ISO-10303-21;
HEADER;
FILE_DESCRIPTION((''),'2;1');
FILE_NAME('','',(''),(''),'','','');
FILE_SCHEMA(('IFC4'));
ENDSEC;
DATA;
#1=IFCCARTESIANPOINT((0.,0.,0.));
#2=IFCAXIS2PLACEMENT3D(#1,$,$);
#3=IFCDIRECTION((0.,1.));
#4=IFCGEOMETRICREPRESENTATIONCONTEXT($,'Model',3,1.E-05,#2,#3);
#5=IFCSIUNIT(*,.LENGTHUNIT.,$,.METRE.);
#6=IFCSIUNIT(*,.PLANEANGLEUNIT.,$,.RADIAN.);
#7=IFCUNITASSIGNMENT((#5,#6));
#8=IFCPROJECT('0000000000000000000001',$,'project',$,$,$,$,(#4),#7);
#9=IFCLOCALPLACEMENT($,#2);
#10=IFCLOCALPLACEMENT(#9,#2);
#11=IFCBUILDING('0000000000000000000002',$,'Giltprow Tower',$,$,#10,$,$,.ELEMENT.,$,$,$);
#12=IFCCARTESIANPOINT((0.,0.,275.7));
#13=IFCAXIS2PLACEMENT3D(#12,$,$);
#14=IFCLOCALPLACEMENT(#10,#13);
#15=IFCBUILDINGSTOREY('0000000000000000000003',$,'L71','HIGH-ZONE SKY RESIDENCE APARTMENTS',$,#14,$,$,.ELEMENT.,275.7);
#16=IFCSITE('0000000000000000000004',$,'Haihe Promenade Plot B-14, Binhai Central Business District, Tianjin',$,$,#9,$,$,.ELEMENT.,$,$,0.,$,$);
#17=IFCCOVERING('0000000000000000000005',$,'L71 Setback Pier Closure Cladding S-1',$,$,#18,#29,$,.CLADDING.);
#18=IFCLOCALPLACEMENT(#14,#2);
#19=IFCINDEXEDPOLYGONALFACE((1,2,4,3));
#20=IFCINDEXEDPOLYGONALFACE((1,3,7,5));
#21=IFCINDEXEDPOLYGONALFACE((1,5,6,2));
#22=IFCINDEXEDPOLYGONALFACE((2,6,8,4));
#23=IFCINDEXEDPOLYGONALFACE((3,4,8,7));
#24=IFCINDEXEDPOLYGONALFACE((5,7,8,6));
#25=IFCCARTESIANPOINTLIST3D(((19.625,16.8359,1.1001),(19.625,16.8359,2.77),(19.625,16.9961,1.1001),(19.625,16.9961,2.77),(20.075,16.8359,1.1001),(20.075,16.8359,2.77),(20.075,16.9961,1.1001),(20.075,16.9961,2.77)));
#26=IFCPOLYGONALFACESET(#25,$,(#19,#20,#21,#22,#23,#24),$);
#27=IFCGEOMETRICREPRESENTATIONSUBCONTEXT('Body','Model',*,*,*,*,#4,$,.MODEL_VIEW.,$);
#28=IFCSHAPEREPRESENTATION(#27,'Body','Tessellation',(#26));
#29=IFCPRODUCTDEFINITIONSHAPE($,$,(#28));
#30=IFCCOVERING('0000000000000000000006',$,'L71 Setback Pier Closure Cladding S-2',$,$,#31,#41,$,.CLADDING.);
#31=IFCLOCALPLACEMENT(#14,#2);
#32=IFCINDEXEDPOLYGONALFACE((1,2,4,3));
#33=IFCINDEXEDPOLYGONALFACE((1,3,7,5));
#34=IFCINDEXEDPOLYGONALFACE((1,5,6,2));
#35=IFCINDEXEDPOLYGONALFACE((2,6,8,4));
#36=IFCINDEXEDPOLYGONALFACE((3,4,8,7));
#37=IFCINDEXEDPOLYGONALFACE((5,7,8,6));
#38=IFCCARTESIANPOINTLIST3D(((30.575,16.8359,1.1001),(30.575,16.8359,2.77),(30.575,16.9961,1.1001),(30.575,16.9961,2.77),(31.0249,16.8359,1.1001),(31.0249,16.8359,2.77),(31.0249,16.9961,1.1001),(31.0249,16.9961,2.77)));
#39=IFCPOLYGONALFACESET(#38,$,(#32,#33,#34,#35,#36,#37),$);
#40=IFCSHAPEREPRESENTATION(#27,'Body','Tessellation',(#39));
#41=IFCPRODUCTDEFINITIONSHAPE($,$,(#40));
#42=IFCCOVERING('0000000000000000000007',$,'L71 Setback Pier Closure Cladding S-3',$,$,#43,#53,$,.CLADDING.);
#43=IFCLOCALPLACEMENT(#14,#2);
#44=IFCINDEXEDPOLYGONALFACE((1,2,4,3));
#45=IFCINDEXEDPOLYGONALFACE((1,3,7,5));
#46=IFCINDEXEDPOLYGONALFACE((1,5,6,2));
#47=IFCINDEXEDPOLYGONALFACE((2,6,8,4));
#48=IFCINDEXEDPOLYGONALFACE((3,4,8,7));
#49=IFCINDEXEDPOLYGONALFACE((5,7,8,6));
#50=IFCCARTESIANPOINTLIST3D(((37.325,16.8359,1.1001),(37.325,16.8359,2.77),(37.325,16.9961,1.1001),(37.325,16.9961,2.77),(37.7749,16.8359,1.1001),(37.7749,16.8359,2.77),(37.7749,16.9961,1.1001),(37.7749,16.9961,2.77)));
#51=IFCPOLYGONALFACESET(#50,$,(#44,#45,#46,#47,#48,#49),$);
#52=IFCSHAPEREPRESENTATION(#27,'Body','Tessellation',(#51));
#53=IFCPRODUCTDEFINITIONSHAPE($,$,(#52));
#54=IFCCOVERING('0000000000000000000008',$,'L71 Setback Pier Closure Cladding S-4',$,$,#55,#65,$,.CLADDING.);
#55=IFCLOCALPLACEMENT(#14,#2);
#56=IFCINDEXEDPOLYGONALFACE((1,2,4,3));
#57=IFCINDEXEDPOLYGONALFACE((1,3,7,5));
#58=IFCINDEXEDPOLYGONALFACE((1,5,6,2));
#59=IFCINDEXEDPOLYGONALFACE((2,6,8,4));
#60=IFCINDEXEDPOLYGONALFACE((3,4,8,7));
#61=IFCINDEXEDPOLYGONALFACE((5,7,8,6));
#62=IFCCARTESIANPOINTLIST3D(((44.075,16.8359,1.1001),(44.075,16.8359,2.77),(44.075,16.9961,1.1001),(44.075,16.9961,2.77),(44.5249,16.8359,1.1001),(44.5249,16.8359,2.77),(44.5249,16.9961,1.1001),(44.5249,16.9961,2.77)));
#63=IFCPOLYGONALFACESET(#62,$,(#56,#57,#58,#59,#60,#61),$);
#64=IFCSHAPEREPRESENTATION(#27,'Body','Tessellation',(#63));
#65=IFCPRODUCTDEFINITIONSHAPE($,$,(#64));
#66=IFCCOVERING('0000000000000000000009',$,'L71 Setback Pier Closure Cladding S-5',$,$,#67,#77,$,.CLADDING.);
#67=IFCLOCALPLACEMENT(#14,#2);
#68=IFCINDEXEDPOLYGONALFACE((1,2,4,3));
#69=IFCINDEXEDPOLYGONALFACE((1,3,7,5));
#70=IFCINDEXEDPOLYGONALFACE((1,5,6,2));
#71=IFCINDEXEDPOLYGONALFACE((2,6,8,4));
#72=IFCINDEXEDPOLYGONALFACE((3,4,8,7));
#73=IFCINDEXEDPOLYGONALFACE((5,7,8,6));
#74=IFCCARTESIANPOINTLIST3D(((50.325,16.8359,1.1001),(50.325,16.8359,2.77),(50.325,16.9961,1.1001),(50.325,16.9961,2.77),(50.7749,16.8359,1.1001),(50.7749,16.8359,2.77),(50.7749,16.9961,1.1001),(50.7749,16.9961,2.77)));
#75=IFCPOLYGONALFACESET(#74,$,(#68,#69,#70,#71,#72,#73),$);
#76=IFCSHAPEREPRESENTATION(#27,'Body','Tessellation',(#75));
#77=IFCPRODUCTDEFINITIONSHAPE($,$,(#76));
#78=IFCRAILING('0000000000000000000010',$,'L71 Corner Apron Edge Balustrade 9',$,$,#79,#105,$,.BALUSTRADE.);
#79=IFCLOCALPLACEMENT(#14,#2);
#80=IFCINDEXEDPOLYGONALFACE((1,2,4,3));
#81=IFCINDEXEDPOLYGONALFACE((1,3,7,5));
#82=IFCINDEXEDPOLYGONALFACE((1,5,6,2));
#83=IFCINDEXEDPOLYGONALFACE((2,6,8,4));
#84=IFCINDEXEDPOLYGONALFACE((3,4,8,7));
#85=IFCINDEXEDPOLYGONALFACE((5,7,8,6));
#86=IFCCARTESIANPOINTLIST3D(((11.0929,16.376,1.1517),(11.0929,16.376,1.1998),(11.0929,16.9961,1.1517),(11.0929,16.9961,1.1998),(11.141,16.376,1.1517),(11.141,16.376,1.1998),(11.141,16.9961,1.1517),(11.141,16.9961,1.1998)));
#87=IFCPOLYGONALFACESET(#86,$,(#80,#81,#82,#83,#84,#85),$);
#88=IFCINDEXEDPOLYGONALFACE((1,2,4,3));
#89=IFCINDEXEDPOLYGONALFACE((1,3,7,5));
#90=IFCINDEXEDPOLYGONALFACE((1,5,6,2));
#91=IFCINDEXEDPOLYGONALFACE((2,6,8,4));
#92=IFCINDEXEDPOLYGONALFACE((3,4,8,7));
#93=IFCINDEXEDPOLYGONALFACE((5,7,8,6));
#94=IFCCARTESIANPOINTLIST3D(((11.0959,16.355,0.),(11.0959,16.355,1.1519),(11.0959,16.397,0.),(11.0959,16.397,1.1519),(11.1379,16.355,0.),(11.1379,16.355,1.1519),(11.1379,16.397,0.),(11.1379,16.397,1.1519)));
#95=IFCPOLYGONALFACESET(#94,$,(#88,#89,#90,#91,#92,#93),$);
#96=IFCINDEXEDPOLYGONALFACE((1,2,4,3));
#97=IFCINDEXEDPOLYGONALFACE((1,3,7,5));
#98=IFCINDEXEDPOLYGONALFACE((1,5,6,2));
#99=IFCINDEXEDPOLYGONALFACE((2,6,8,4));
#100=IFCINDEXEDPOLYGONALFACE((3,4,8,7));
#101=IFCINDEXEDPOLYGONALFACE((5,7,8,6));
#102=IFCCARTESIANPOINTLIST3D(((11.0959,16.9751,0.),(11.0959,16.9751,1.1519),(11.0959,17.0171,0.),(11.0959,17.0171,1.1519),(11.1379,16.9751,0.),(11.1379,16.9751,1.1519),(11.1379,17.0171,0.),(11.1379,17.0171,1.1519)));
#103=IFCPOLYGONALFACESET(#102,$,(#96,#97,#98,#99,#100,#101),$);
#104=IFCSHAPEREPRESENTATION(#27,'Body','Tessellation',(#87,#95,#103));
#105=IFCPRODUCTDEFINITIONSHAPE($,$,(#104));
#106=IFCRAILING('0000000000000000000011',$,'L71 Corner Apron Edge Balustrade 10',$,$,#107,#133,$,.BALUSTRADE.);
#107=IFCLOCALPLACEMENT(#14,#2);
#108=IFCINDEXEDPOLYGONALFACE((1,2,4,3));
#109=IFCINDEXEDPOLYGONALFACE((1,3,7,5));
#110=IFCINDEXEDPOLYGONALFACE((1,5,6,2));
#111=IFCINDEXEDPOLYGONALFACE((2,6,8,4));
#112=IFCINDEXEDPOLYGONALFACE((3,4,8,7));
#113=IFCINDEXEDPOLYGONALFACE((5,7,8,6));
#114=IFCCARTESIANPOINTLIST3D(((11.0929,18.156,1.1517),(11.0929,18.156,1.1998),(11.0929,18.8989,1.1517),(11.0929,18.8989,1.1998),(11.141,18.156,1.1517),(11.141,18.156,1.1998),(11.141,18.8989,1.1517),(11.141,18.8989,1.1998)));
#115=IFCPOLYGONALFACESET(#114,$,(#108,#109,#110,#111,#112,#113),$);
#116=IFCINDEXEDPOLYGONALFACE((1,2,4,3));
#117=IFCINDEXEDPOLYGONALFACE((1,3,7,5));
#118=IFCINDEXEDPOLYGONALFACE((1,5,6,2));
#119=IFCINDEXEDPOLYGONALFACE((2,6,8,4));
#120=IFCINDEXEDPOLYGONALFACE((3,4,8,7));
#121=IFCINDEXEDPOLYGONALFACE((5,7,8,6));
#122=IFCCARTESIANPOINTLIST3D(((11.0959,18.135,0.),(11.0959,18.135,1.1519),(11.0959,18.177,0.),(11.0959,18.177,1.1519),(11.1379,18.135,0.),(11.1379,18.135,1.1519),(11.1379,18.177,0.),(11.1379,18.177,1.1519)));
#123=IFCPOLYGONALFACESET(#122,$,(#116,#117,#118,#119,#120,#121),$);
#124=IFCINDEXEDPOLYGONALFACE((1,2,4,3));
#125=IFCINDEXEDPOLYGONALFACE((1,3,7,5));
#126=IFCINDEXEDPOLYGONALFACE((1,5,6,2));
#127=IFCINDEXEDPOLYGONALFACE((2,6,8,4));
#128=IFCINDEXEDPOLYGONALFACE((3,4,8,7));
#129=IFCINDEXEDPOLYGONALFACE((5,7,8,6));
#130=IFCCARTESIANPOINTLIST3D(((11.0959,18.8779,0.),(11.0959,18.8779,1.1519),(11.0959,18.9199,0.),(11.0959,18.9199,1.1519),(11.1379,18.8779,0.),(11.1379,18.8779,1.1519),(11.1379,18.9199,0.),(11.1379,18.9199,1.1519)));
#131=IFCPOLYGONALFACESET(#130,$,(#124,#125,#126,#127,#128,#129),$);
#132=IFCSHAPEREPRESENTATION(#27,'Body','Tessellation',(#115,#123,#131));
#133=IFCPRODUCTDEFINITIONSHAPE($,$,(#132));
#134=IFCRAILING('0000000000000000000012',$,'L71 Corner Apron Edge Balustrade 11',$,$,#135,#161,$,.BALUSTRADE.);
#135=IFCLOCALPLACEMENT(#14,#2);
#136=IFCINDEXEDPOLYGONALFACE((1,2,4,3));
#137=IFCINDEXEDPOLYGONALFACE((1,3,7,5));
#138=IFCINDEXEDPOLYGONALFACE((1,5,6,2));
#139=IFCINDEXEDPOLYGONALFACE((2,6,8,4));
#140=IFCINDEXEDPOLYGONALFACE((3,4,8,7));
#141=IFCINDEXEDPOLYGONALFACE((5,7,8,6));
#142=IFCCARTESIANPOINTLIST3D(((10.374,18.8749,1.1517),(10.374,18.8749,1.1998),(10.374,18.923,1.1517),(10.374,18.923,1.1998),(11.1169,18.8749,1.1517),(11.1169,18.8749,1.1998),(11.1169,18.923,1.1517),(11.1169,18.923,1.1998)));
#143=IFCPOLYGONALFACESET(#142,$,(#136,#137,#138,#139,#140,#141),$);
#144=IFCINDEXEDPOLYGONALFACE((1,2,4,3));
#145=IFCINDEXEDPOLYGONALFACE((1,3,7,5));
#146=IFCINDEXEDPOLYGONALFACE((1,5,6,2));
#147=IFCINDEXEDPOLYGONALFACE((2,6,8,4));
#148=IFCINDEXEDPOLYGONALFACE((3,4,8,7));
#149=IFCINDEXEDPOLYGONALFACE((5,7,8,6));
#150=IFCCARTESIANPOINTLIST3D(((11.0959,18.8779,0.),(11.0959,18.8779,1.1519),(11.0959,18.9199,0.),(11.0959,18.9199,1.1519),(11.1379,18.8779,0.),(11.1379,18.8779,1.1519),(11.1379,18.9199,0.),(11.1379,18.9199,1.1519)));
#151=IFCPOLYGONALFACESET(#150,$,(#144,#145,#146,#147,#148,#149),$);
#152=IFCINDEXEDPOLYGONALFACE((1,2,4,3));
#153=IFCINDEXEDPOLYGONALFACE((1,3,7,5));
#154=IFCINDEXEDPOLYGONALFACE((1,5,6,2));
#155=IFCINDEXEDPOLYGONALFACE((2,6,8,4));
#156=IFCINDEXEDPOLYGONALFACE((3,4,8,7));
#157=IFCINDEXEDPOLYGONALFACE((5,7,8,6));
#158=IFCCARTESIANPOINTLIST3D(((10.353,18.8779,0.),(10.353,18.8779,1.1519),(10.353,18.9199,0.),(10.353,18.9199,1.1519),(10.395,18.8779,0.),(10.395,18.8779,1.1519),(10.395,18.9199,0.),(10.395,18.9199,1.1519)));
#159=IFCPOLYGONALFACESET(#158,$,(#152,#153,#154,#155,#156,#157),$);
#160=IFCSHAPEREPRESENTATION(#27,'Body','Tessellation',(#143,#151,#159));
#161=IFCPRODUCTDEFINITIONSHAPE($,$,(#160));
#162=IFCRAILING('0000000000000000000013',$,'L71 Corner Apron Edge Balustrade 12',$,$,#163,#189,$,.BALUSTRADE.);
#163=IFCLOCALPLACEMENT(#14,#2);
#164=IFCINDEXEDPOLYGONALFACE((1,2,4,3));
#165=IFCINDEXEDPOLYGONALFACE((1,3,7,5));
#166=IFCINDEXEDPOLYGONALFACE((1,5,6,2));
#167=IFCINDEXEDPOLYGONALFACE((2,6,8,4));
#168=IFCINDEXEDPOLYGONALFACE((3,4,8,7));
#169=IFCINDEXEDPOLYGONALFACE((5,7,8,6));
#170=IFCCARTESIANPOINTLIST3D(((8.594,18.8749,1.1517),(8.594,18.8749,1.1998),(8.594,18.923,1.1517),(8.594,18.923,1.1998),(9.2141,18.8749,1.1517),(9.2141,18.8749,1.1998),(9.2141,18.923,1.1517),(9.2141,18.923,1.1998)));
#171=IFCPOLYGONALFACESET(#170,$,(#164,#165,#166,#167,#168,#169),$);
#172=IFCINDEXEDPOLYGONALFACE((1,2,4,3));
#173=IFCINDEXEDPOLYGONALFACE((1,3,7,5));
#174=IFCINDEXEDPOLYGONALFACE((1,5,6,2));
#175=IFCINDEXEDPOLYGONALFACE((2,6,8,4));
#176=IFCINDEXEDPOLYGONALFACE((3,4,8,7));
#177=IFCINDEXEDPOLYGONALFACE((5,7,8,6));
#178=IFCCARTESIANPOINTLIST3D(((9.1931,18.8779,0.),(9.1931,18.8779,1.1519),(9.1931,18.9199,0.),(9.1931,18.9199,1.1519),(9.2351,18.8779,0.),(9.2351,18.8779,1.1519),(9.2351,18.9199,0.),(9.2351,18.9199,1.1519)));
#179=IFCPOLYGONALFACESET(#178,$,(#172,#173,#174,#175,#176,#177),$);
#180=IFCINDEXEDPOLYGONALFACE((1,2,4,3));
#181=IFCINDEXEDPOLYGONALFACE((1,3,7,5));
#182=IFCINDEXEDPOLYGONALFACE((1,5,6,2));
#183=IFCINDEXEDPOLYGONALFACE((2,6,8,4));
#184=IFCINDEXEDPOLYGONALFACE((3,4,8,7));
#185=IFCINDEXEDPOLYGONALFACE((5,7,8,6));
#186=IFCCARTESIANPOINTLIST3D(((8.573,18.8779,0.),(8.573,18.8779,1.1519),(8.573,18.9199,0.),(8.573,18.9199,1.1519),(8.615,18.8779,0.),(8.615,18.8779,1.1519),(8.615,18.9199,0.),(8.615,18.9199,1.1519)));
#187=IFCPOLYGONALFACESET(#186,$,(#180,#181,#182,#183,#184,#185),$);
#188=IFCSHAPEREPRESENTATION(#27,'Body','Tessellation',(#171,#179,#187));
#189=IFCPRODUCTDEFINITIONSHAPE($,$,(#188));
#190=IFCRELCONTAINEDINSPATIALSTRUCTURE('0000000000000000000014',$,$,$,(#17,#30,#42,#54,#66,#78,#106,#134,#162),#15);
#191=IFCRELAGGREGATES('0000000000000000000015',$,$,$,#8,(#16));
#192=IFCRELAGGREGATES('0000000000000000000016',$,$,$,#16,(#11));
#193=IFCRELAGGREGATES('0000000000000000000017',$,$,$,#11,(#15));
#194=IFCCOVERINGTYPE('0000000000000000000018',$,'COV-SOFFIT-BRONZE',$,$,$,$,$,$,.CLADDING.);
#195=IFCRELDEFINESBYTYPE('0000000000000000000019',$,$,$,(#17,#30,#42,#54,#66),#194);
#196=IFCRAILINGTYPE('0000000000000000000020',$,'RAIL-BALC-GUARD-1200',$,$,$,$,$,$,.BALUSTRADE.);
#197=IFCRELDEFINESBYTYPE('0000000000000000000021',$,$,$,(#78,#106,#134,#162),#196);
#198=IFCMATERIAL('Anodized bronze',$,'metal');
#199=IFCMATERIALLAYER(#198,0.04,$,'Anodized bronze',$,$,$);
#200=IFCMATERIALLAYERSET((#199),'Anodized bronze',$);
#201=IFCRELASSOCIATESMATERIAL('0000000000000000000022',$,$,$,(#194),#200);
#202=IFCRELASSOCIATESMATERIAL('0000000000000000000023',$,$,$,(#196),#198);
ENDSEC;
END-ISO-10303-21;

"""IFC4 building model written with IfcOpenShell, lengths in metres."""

from ifc_helpers import new_model, si_unit, direction, frame, origin, origin_2d, place, context, subcontext, project, spatial, polyline, rectangle, outline, extrude, material, layer, layer_set, type_object, element, save


model = new_model("IFC4")

# Units and contexts
model_context = context("Model", 3, precision=1e-05, world=origin(), true_north=direction((0.0, 1.0)))
body_context = subcontext(model_context, "Body", "Model", "MODEL_VIEW")
ifc_project = project(units=[si_unit("LENGTHUNIT", "METRE"), si_unit("PLANEANGLEUNIT", "RADIAN")], contexts=[model_context])

# Site, building, storey
site_placement = place(None, origin())
site = spatial("IfcSite", under=ifc_project, at=site_placement, Name="Haihe Promenade Plot B-14, Binhai Central Business District, Tianjin", CompositionType="ELEMENT", RefElevation=0.0)
building_placement = place(site_placement, origin())
building = spatial("IfcBuilding", under=site, at=building_placement, Name="Giltprow Tower", CompositionType="ELEMENT")
storey_placement = place(building_placement, frame((0.0, 0.0, 275.7)))
storey = spatial("IfcBuildingStorey", under=building, at=storey_placement, Name="L71", Description="HIGH-ZONE SKY RESIDENCE APARTMENTS", CompositionType="ELEMENT", Elevation=275.7)

# Shared definitions
ifc_material_1 = material(Name="Anodized bronze", Category="metal")

# Coverings
ifc_layer_1 = layer(ifc_material_1, 0.04, Name="Anodized bronze")
ifc_layer_set_1 = layer_set([ifc_layer_1], Name="Anodized bronze")
covering_type_1 = type_object("IfcCoveringType", Name="COV-SOFFIT-BRONZE", PredefinedType="CLADDING", material=ifc_layer_set_1)
covering_1_placement = place(storey_placement, frame((0.0, 0.0, 1.1001)))
element("IfcCovering", 1, at=covering_1_placement, inside=storey, type_object=covering_type_1, Name="L71 Setback Pier Closure Cladding S-1", PredefinedType="CLADDING", context=body_context, shape_type="SweptSolid", body=[
    extrude(outline(polyline([(19.625, 16.8359), (20.075, 16.8359), (20.075, 16.9961), (19.625, 16.9961), (19.625, 16.8359)])), origin(), (0.0, 0.0, 1.0), 1.6699),
])
covering_2_placement = place(storey_placement, frame((0.0, 0.0, 1.1001)))
element("IfcCovering", 2, at=covering_2_placement, inside=storey, type_object=covering_type_1, Name="L71 Setback Pier Closure Cladding S-2", PredefinedType="CLADDING", context=body_context, shape_type="SweptSolid", body=[
    extrude(outline(polyline([(30.575, 16.8359), (31.0249, 16.8359), (31.0249, 16.9961), (30.575, 16.9961), (30.575, 16.8359)])), origin(), (0.0, 0.0, 1.0), 1.6699),
])
covering_3_placement = place(storey_placement, frame((0.0, 0.0, 1.1001)))
element("IfcCovering", 3, at=covering_3_placement, inside=storey, type_object=covering_type_1, Name="L71 Setback Pier Closure Cladding S-3", PredefinedType="CLADDING", context=body_context, shape_type="SweptSolid", body=[
    extrude(outline(polyline([(37.325, 16.8359), (37.7749, 16.8359), (37.7749, 16.9961), (37.325, 16.9961), (37.325, 16.8359)])), origin(), (0.0, 0.0, 1.0), 1.6699),
])
covering_4_placement = place(storey_placement, frame((0.0, 0.0, 1.1001)))
element("IfcCovering", 4, at=covering_4_placement, inside=storey, type_object=covering_type_1, Name="L71 Setback Pier Closure Cladding S-4", PredefinedType="CLADDING", context=body_context, shape_type="SweptSolid", body=[
    extrude(outline(polyline([(44.075, 16.8359), (44.5249, 16.8359), (44.5249, 16.9961), (44.075, 16.9961), (44.075, 16.8359)])), origin(), (0.0, 0.0, 1.0), 1.6699),
])
covering_5_placement = place(storey_placement, frame((0.0, 0.0, 1.1001)))
element("IfcCovering", 5, at=covering_5_placement, inside=storey, type_object=covering_type_1, Name="L71 Setback Pier Closure Cladding S-5", PredefinedType="CLADDING", context=body_context, shape_type="SweptSolid", body=[
    extrude(outline(polyline([(50.325, 16.8359), (50.7749, 16.8359), (50.7749, 16.9961), (50.325, 16.9961), (50.325, 16.8359)])), origin(), (0.0, 0.0, 1.0), 1.6699),
])

# Railings
railing_type = type_object("IfcRailingType", Name="RAIL-BALC-GUARD-1200", PredefinedType="BALUSTRADE", material=ifc_material_1)
railing_1_placement = place(storey_placement, frame((11.1169, 16.376, 0.0)))
element("IfcRailing", 6, at=railing_1_placement, inside=storey, type_object=railing_type, Name="L71 Corner Apron Edge Balustrade 9", PredefinedType="BALUSTRADE", context=body_context, shape_type="SweptSolid", body=[
    extrude(rectangle(XDim=0.0481, YDim=0.0481, at=origin_2d()), frame((0.0, 0.0, 1.1758), z_axis=(0.0, 1.0, 0.0), x_axis=(-1.0, 0.0, 0.0)), (0.0, 0.0, 1.0), 0.6201),
    extrude(rectangle(XDim=0.042, YDim=0.042, at=origin_2d()), origin(), (0.0, 0.0, 1.0), 1.1519),
    extrude(rectangle(XDim=0.042, YDim=0.042, at=origin_2d()), frame((0.0, 0.6201, 0.0)), (0.0, 0.0, 1.0), 1.1519),
])
railing_2_placement = place(storey_placement, frame((11.1169, 18.156, 0.0)))
element("IfcRailing", 7, at=railing_2_placement, inside=storey, type_object=railing_type, Name="L71 Corner Apron Edge Balustrade 10", PredefinedType="BALUSTRADE", context=body_context, shape_type="SweptSolid", body=[
    extrude(rectangle(XDim=0.0481, YDim=0.0481, at=origin_2d()), frame((0.0, 0.0, 1.1758), z_axis=(0.0, 1.0, 0.0), x_axis=(-1.0, 0.0, 0.0)), (0.0, 0.0, 1.0), 0.7429),
    extrude(rectangle(XDim=0.042, YDim=0.042, at=origin_2d()), origin(), (0.0, 0.0, 1.0), 1.1519),
    extrude(rectangle(XDim=0.042, YDim=0.042, at=origin_2d()), frame((0.0, 0.7429, 0.0)), (0.0, 0.0, 1.0), 1.1519),
])
railing_3_placement = place(storey_placement, frame((11.1169, 18.8989, 0.0)))
element("IfcRailing", 8, at=railing_3_placement, inside=storey, type_object=railing_type, Name="L71 Corner Apron Edge Balustrade 11", PredefinedType="BALUSTRADE", context=body_context, shape_type="SweptSolid", body=[
    extrude(rectangle(XDim=0.0481, YDim=0.0481, at=origin_2d()), frame((0.0, 0.0, 1.1758), z_axis=(-1.0, 0.0, 0.0), x_axis=(0.0, -1.0, 0.0)), (0.0, 0.0, 1.0), 0.7429),
    extrude(rectangle(XDim=0.042, YDim=0.042, at=origin_2d()), origin(), (0.0, 0.0, 1.0), 1.1519),
    extrude(rectangle(XDim=0.042, YDim=0.042, at=origin_2d()), frame((-0.7429, 0.0, 0.0)), (0.0, 0.0, 1.0), 1.1519),
])
railing_4_placement = place(storey_placement, frame((9.2141, 18.8989, 0.0)))
element("IfcRailing", 9, at=railing_4_placement, inside=storey, type_object=railing_type, Name="L71 Corner Apron Edge Balustrade 12", PredefinedType="BALUSTRADE", context=body_context, shape_type="SweptSolid", body=[
    extrude(rectangle(XDim=0.0481, YDim=0.0481, at=origin_2d()), frame((0.0, 0.0, 1.1758), z_axis=(-1.0, 0.0, 0.0), x_axis=(0.0, -1.0, 0.0)), (0.0, 0.0, 1.0), 0.6201),
    extrude(rectangle(XDim=0.042, YDim=0.042, at=origin_2d()), origin(), (0.0, 0.0, 1.0), 1.1519),
    extrude(rectangle(XDim=0.042, YDim=0.042, at=origin_2d()), frame((-0.6201, 0.0, 0.0)), (0.0, 0.0, 1.0), 1.1519),
])

save(model, "model.ifc")
